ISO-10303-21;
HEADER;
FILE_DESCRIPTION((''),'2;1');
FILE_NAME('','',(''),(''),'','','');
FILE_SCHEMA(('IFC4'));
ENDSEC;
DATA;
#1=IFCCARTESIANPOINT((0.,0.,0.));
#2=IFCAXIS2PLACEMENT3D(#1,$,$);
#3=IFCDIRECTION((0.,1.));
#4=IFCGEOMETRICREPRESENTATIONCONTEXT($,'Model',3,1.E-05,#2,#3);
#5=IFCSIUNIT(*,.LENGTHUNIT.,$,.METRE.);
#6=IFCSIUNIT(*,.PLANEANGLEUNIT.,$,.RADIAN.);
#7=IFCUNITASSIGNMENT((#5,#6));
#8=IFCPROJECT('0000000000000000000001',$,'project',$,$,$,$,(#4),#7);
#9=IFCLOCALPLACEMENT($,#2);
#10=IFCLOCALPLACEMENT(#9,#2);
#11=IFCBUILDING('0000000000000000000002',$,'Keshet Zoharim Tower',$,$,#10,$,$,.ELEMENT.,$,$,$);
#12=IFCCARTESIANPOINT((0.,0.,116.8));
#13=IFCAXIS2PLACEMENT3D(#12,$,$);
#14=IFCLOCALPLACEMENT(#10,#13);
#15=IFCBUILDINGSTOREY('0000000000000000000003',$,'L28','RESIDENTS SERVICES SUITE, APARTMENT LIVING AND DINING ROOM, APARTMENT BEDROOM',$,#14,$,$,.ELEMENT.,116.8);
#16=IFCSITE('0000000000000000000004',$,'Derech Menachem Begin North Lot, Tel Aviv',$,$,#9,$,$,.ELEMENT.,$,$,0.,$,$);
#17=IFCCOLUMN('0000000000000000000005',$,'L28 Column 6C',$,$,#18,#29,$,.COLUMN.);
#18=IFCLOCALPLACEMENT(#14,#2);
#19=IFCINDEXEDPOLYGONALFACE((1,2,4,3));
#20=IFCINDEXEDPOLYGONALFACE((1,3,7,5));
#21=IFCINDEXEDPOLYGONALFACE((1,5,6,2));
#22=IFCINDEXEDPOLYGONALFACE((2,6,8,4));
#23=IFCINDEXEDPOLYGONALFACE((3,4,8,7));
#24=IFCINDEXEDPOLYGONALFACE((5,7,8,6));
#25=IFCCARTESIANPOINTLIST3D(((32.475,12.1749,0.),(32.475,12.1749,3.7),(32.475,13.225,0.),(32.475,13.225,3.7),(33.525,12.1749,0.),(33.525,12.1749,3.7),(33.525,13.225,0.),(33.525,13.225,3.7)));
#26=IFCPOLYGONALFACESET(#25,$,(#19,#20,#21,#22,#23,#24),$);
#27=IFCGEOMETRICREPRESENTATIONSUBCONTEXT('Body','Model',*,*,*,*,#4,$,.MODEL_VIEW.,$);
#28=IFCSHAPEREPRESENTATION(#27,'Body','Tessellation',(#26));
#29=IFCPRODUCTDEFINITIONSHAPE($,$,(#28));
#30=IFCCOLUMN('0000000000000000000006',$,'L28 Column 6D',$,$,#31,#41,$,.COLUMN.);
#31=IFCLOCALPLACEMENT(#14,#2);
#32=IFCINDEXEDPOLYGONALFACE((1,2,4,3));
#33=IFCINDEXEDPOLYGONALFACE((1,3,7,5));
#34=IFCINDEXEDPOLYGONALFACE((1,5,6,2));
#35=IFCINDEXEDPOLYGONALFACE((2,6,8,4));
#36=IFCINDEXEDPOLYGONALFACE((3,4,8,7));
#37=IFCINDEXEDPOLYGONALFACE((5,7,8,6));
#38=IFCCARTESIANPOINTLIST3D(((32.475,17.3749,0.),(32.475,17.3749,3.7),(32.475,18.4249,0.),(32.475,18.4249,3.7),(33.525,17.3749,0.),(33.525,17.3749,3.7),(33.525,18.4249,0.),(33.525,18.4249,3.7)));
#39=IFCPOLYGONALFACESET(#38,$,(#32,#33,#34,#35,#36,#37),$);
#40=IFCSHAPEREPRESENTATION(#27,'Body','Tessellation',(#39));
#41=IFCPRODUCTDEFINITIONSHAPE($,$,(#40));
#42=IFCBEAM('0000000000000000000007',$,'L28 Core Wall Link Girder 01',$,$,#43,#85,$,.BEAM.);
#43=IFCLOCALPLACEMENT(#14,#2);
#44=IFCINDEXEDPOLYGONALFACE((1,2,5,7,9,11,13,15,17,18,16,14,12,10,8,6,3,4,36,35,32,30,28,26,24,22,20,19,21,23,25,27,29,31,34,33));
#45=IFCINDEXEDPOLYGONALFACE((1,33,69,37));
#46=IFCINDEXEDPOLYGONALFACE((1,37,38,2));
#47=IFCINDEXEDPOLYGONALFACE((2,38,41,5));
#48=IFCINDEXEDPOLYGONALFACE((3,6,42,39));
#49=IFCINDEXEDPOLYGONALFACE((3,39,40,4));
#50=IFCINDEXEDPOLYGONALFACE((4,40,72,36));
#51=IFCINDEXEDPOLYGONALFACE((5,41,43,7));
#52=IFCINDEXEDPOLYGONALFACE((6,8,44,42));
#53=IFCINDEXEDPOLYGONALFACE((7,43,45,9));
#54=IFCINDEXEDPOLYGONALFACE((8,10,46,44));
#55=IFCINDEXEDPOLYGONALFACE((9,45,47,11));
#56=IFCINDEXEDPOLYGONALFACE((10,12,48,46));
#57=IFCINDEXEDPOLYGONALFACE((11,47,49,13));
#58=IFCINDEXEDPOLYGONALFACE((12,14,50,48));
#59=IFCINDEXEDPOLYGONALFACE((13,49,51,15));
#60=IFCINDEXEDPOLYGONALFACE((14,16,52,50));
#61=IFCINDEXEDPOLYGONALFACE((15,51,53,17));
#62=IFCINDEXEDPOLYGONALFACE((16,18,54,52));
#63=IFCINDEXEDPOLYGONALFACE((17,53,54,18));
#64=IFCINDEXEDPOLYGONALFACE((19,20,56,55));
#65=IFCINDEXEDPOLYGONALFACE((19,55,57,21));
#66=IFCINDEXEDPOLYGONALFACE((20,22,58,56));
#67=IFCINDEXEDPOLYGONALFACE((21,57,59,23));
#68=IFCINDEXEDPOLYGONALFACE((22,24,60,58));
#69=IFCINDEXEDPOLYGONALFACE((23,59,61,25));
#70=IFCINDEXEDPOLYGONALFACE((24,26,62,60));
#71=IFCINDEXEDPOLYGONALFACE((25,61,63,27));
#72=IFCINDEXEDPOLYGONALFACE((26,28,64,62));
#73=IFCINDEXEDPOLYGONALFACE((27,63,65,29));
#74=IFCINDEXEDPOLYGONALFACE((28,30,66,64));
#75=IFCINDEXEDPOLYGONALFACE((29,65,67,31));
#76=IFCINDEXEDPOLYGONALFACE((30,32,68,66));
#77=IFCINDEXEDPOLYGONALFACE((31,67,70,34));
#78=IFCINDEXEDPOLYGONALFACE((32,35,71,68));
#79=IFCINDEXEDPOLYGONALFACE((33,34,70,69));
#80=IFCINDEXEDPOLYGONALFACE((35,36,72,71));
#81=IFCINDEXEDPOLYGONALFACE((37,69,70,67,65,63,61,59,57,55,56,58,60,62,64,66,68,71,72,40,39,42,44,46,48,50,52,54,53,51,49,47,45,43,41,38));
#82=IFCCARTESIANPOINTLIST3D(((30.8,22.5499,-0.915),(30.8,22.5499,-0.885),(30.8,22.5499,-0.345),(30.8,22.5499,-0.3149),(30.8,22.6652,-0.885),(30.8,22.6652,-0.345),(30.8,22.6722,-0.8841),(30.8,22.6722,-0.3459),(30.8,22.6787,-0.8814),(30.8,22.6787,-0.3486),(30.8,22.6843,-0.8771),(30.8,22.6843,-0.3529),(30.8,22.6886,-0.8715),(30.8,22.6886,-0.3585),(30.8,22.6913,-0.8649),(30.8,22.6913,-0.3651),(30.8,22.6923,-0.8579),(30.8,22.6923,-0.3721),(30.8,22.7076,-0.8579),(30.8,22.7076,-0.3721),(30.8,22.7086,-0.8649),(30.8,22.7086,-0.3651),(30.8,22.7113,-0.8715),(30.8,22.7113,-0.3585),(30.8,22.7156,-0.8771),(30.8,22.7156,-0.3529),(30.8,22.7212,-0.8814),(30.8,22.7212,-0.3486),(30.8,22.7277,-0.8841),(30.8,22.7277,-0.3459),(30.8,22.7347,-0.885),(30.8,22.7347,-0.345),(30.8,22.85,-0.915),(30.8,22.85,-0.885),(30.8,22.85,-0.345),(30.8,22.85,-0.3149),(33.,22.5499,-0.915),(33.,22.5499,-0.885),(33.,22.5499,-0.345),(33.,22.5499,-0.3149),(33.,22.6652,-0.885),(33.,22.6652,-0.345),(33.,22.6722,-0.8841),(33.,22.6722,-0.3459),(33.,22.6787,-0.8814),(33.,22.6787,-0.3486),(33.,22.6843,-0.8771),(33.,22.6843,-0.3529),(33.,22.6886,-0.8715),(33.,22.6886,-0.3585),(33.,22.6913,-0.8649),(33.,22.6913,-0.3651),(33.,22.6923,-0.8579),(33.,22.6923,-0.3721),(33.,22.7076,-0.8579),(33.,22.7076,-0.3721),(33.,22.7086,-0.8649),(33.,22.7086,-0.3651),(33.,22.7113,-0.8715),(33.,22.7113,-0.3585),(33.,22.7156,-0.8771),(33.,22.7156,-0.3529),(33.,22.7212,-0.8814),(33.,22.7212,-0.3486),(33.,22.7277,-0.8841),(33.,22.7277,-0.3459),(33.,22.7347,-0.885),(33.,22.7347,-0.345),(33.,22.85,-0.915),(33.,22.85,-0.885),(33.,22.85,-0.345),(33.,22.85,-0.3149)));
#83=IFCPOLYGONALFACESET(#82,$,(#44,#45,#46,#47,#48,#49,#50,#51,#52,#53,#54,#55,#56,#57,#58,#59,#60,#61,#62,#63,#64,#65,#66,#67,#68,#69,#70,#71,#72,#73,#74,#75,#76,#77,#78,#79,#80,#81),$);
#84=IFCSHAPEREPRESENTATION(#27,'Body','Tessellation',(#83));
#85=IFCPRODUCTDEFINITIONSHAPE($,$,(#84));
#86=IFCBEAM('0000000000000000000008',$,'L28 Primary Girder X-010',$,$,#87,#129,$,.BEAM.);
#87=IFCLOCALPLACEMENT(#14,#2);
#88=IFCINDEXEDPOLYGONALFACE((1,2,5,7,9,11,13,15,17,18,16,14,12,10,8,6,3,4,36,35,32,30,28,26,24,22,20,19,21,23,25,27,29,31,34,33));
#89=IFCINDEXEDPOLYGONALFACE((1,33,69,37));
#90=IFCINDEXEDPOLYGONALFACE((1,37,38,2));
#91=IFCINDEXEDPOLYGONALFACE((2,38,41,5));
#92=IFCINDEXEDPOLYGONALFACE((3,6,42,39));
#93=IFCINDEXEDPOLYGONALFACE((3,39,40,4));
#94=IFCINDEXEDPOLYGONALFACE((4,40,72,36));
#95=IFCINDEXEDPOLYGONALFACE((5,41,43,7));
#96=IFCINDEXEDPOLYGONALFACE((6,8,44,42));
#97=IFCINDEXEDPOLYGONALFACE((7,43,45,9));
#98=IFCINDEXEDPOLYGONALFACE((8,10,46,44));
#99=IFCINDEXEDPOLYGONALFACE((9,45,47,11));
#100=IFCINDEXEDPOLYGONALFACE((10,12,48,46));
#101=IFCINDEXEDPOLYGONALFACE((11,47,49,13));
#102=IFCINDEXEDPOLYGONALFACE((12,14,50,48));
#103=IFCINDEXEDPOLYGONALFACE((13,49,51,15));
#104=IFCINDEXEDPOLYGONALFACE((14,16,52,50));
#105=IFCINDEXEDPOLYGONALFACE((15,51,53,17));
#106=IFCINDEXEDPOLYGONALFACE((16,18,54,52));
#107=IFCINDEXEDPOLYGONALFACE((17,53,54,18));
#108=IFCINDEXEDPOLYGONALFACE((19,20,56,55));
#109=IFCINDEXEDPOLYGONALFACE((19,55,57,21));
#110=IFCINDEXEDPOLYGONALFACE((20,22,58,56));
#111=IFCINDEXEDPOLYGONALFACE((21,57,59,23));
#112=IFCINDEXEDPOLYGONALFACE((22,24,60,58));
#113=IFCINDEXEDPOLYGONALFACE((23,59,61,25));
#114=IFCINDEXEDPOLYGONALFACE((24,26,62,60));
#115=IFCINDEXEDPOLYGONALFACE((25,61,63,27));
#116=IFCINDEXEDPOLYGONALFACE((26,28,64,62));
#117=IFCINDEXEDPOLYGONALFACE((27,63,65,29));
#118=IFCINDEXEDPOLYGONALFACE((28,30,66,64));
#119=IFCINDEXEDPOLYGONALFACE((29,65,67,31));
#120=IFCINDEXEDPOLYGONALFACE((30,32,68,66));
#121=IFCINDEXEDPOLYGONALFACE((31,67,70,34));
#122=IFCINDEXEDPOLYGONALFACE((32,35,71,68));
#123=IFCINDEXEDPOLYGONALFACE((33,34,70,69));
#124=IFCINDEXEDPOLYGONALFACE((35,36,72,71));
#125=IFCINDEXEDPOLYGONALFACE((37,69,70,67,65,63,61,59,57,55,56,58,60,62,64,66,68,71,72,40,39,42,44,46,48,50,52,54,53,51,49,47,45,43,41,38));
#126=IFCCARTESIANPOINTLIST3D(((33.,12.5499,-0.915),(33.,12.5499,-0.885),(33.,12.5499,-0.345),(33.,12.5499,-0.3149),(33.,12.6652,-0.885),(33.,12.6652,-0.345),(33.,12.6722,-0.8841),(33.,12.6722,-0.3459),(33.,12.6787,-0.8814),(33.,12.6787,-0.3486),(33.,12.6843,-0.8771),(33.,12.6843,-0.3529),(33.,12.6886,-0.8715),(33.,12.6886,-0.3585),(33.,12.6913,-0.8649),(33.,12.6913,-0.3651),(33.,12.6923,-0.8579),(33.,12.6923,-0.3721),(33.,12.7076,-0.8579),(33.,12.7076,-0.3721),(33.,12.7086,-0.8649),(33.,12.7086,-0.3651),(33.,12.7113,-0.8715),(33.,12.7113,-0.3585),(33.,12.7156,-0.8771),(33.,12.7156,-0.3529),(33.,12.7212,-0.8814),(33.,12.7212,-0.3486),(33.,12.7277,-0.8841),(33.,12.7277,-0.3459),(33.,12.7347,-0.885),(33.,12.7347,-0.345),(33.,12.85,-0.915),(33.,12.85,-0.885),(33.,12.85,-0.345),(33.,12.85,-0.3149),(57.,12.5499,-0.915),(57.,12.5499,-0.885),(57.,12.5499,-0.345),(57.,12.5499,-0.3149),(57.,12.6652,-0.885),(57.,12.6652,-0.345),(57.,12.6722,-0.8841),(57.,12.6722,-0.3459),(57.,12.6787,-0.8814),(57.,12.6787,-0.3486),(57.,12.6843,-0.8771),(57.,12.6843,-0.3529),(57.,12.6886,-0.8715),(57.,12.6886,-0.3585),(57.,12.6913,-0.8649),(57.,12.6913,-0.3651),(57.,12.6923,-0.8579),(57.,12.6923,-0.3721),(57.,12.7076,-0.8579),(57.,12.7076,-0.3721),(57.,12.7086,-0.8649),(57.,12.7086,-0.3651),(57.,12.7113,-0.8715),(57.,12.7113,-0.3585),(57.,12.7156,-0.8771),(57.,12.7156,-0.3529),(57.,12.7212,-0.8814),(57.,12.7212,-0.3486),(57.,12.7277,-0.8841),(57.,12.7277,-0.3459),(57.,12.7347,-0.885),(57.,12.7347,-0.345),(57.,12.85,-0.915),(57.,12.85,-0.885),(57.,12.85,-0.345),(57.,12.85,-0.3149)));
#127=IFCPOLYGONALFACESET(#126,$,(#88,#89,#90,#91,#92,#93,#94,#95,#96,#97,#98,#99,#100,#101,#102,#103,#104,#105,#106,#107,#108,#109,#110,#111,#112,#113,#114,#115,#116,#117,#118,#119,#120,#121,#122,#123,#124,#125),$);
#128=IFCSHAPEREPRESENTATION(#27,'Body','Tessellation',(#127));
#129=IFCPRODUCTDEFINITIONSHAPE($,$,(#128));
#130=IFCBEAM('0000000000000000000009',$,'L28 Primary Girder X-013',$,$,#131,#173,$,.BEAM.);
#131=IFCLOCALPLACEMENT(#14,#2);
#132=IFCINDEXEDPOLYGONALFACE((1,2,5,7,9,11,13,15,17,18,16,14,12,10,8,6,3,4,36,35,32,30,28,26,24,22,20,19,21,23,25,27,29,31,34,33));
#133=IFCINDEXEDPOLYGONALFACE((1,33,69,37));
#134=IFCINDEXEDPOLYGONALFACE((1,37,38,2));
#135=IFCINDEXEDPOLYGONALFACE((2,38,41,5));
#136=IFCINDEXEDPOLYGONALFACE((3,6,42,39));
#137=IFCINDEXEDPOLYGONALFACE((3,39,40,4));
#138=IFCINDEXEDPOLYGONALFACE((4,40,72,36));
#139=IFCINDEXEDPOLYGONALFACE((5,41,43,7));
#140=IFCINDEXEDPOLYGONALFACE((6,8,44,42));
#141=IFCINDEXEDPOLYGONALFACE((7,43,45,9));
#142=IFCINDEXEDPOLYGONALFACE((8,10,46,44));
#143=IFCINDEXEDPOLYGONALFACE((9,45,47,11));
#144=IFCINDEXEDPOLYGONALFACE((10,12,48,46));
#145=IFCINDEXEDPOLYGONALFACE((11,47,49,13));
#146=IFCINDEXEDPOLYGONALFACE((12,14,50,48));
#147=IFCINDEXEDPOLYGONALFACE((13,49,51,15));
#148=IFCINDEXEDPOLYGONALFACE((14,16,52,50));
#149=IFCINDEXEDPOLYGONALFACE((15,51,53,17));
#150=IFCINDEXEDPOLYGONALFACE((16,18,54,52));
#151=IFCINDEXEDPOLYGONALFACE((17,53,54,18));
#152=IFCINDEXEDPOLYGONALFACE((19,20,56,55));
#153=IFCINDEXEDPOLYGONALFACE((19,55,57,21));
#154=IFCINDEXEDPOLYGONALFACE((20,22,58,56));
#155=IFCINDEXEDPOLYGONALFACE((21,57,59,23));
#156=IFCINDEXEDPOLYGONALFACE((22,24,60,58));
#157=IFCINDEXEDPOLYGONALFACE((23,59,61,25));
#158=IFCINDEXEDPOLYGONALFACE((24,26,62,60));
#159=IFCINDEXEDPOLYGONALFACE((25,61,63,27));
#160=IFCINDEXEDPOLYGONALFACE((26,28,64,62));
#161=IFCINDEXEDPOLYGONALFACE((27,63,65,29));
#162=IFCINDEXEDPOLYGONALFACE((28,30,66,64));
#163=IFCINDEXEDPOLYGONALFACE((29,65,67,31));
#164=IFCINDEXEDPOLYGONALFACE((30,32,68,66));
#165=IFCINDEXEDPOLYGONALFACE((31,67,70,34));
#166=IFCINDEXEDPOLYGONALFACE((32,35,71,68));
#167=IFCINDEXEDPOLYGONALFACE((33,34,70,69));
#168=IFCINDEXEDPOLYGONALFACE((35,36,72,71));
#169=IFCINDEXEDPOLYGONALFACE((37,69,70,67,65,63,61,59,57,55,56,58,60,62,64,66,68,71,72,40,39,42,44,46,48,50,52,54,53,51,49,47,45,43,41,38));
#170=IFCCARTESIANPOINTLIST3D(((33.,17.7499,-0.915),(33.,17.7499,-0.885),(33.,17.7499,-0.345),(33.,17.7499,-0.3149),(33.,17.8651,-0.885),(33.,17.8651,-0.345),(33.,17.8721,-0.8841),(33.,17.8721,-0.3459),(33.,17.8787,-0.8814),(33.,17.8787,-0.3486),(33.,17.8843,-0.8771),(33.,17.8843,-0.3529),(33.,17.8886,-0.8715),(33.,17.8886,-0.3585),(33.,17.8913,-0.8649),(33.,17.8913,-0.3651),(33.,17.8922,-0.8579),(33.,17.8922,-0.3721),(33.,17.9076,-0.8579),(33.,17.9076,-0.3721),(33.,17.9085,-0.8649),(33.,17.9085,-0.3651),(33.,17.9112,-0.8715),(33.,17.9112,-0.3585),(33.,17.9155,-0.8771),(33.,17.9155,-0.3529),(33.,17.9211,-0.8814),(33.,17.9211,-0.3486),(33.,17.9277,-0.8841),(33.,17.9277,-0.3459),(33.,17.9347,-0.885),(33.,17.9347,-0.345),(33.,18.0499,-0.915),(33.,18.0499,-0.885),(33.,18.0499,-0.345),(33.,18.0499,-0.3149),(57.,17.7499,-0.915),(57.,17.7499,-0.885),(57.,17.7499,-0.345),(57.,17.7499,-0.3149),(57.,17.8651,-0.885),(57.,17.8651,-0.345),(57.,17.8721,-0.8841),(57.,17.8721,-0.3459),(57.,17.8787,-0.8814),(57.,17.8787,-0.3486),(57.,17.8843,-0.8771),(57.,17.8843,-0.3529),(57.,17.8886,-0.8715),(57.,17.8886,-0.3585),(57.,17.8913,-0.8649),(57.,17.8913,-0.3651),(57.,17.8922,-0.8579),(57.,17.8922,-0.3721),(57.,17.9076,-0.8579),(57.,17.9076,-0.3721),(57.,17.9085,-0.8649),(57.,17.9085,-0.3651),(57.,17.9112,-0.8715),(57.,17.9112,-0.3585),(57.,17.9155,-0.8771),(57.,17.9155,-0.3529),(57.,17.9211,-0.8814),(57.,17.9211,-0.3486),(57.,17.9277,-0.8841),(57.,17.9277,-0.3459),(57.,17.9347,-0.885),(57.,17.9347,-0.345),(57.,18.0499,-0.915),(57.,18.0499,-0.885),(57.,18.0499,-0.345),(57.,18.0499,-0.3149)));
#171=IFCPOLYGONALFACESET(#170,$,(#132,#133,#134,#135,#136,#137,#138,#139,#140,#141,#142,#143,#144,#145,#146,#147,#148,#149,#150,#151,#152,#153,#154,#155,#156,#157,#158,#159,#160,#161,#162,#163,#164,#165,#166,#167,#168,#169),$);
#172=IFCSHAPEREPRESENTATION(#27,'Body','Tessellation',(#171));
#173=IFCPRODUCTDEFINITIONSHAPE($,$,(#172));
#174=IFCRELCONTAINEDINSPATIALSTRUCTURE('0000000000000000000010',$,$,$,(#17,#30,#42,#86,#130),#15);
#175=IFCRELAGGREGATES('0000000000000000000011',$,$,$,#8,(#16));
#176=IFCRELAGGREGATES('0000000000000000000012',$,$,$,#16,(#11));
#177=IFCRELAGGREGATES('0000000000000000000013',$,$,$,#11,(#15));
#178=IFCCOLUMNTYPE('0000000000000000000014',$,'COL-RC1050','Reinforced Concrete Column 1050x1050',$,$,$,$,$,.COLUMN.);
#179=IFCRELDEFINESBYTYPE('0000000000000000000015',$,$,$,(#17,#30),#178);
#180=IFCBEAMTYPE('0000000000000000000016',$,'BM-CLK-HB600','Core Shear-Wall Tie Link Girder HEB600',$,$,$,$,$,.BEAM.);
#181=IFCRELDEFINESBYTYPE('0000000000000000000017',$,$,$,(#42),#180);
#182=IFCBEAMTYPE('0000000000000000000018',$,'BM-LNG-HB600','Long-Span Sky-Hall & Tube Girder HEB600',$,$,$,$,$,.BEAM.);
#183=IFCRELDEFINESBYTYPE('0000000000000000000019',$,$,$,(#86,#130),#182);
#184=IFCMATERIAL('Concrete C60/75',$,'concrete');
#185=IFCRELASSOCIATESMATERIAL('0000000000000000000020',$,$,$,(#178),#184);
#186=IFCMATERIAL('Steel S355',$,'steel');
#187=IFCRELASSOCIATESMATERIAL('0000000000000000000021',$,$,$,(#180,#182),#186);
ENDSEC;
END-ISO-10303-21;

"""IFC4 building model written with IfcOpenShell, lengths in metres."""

from ifc_helpers import new_model, si_unit, direction, frame, origin, origin_2d, place, context, subcontext, project, spatial, rectangle, i_section, extrude, material, material_profile, profile_set, type_object, element, save


model = new_model("IFC4")

# Units and contexts
model_context = context("Model", 3, precision=1e-05, world=origin(), true_north=direction((0.0, 1.0)))
body_context = subcontext(model_context, "Body", "Model", "MODEL_VIEW")
ifc_project = project(units=[si_unit("LENGTHUNIT", "METRE"), si_unit("PLANEANGLEUNIT", "RADIAN")], contexts=[model_context])

# Site, building, storey
site_placement = place(None, origin())
site = spatial("IfcSite", under=ifc_project, at=site_placement, Name="Derech Menachem Begin North Lot, Tel Aviv", CompositionType="ELEMENT", RefElevation=0.0)
building_placement = place(site_placement, origin())
building = spatial("IfcBuilding", under=site, at=building_placement, Name="Keshet Zoharim Tower", CompositionType="ELEMENT")
storey_placement = place(building_placement, frame((0.0, 0.0, 116.8)))
storey = spatial("IfcBuildingStorey", under=building, at=storey_placement, Name="L28", Description="RESIDENTS SERVICES SUITE, APARTMENT LIVING AND DINING ROOM, APARTMENT BEDROOM", CompositionType="ELEMENT", Elevation=116.8)

# Columns
ifc_material_1 = material(Name="Concrete C60/75", Category="concrete")
ifc_material_profile_1 = material_profile(ifc_material_1, rectangle(XDim=1.05, YDim=1.05, at=origin_2d()), Name="RC1050x1050")
ifc_profile_set_1 = profile_set([ifc_material_profile_1], Name="Concrete C60/75")
column_type = type_object("IfcColumnType", Name="COL-RC1050", Description="Reinforced Concrete Column 1050x1050", PredefinedType="COLUMN", material=ifc_profile_set_1)
for number, where, z_axis, x_axis, name in (
    (1, (33.0, 12.7, 0.0), (0.0, 0.0, 1.0), (1.0, 0.0, 0.0), "L28 Column 6C"),
    (2, (33.0, 17.8999, 0.0), (0.0, 0.0, 1.0), (1.0, 0.0, 0.0), "L28 Column 6D"),
):
    element("IfcColumn", number, at=place(storey_placement, frame(where, z_axis=z_axis, x_axis=x_axis)), inside=storey, type_object=column_type, Name=name, PredefinedType="COLUMN", context=body_context, shape_type="SweptSolid", body=[
        extrude(rectangle(XDim=1.05, YDim=1.05, at=origin_2d()), origin(), (0.0, 0.0, 1.0), 3.7),
    ])

# Beams
ifc_material_2 = material(Name="Steel S355", Category="steel")
ifc_material_profile_2 = material_profile(ifc_material_2, i_section(OverallWidth=0.3, OverallDepth=0.6001, WebThickness=0.0154, FlangeThickness=0.03, FilletRadius=0.0271, at=origin_2d()), Name="HEB600")
ifc_profile_set_2 = profile_set([ifc_material_profile_2], Name="Steel S355")
beam_type_1 = type_object("IfcBeamType", Name="BM-CLK-HB600", Description="Core Shear-Wall Tie Link Girder HEB600", PredefinedType="BEAM", material=ifc_profile_set_2)
beam_1_placement = place(storey_placement, frame((30.8, 22.7, -0.615), z_axis=(1.0, 0.0, 0.0), x_axis=(0.0, 1.0, 0.0)))
element("IfcBeam", 3, at=beam_1_placement, inside=storey, type_object=beam_type_1, Name="L28 Core Wall Link Girder 01", PredefinedType="BEAM", context=body_context, shape_type="SweptSolid", body=[
    extrude(i_section(OverallWidth=0.3, OverallDepth=0.6001, WebThickness=0.0154, FlangeThickness=0.03, FilletRadius=0.0271, at=origin_2d()), origin(), (0.0, 0.0, 1.0), 2.2),
])
ifc_material_profile_3 = material_profile(ifc_material_2, i_section(OverallWidth=0.3, OverallDepth=0.6001, WebThickness=0.0154, FlangeThickness=0.03, FilletRadius=0.0271, at=origin_2d()), Name="HEB600")
ifc_profile_set_3 = profile_set([ifc_material_profile_3], Name="Steel S355")
beam_type_2 = type_object("IfcBeamType", Name="BM-LNG-HB600", Description="Long-Span Sky-Hall & Tube Girder HEB600", PredefinedType="BEAM", material=ifc_profile_set_3)
for number, where, z_axis, x_axis, name in (
    (4, (33.0, 12.7, -0.615), (1.0, 0.0, 0.0), (0.0, 1.0, 0.0), "L28 Primary Girder X-010"),
    (5, (33.0, 17.8999, -0.615), (1.0, 0.0, 0.0), (0.0, 1.0, 0.0), "L28 Primary Girder X-013"),
):
    element("IfcBeam", number, at=place(storey_placement, frame(where, z_axis=z_axis, x_axis=x_axis)), inside=storey, type_object=beam_type_2, Name=name, PredefinedType="BEAM", context=body_context, shape_type="SweptSolid", body=[
        extrude(i_section(OverallWidth=0.3, OverallDepth=0.6001, WebThickness=0.0154, FlangeThickness=0.03, FilletRadius=0.0271, at=origin_2d()), origin(), (0.0, 0.0, 1.0), 24.0),
    ])

save(model, "model.ifc")
